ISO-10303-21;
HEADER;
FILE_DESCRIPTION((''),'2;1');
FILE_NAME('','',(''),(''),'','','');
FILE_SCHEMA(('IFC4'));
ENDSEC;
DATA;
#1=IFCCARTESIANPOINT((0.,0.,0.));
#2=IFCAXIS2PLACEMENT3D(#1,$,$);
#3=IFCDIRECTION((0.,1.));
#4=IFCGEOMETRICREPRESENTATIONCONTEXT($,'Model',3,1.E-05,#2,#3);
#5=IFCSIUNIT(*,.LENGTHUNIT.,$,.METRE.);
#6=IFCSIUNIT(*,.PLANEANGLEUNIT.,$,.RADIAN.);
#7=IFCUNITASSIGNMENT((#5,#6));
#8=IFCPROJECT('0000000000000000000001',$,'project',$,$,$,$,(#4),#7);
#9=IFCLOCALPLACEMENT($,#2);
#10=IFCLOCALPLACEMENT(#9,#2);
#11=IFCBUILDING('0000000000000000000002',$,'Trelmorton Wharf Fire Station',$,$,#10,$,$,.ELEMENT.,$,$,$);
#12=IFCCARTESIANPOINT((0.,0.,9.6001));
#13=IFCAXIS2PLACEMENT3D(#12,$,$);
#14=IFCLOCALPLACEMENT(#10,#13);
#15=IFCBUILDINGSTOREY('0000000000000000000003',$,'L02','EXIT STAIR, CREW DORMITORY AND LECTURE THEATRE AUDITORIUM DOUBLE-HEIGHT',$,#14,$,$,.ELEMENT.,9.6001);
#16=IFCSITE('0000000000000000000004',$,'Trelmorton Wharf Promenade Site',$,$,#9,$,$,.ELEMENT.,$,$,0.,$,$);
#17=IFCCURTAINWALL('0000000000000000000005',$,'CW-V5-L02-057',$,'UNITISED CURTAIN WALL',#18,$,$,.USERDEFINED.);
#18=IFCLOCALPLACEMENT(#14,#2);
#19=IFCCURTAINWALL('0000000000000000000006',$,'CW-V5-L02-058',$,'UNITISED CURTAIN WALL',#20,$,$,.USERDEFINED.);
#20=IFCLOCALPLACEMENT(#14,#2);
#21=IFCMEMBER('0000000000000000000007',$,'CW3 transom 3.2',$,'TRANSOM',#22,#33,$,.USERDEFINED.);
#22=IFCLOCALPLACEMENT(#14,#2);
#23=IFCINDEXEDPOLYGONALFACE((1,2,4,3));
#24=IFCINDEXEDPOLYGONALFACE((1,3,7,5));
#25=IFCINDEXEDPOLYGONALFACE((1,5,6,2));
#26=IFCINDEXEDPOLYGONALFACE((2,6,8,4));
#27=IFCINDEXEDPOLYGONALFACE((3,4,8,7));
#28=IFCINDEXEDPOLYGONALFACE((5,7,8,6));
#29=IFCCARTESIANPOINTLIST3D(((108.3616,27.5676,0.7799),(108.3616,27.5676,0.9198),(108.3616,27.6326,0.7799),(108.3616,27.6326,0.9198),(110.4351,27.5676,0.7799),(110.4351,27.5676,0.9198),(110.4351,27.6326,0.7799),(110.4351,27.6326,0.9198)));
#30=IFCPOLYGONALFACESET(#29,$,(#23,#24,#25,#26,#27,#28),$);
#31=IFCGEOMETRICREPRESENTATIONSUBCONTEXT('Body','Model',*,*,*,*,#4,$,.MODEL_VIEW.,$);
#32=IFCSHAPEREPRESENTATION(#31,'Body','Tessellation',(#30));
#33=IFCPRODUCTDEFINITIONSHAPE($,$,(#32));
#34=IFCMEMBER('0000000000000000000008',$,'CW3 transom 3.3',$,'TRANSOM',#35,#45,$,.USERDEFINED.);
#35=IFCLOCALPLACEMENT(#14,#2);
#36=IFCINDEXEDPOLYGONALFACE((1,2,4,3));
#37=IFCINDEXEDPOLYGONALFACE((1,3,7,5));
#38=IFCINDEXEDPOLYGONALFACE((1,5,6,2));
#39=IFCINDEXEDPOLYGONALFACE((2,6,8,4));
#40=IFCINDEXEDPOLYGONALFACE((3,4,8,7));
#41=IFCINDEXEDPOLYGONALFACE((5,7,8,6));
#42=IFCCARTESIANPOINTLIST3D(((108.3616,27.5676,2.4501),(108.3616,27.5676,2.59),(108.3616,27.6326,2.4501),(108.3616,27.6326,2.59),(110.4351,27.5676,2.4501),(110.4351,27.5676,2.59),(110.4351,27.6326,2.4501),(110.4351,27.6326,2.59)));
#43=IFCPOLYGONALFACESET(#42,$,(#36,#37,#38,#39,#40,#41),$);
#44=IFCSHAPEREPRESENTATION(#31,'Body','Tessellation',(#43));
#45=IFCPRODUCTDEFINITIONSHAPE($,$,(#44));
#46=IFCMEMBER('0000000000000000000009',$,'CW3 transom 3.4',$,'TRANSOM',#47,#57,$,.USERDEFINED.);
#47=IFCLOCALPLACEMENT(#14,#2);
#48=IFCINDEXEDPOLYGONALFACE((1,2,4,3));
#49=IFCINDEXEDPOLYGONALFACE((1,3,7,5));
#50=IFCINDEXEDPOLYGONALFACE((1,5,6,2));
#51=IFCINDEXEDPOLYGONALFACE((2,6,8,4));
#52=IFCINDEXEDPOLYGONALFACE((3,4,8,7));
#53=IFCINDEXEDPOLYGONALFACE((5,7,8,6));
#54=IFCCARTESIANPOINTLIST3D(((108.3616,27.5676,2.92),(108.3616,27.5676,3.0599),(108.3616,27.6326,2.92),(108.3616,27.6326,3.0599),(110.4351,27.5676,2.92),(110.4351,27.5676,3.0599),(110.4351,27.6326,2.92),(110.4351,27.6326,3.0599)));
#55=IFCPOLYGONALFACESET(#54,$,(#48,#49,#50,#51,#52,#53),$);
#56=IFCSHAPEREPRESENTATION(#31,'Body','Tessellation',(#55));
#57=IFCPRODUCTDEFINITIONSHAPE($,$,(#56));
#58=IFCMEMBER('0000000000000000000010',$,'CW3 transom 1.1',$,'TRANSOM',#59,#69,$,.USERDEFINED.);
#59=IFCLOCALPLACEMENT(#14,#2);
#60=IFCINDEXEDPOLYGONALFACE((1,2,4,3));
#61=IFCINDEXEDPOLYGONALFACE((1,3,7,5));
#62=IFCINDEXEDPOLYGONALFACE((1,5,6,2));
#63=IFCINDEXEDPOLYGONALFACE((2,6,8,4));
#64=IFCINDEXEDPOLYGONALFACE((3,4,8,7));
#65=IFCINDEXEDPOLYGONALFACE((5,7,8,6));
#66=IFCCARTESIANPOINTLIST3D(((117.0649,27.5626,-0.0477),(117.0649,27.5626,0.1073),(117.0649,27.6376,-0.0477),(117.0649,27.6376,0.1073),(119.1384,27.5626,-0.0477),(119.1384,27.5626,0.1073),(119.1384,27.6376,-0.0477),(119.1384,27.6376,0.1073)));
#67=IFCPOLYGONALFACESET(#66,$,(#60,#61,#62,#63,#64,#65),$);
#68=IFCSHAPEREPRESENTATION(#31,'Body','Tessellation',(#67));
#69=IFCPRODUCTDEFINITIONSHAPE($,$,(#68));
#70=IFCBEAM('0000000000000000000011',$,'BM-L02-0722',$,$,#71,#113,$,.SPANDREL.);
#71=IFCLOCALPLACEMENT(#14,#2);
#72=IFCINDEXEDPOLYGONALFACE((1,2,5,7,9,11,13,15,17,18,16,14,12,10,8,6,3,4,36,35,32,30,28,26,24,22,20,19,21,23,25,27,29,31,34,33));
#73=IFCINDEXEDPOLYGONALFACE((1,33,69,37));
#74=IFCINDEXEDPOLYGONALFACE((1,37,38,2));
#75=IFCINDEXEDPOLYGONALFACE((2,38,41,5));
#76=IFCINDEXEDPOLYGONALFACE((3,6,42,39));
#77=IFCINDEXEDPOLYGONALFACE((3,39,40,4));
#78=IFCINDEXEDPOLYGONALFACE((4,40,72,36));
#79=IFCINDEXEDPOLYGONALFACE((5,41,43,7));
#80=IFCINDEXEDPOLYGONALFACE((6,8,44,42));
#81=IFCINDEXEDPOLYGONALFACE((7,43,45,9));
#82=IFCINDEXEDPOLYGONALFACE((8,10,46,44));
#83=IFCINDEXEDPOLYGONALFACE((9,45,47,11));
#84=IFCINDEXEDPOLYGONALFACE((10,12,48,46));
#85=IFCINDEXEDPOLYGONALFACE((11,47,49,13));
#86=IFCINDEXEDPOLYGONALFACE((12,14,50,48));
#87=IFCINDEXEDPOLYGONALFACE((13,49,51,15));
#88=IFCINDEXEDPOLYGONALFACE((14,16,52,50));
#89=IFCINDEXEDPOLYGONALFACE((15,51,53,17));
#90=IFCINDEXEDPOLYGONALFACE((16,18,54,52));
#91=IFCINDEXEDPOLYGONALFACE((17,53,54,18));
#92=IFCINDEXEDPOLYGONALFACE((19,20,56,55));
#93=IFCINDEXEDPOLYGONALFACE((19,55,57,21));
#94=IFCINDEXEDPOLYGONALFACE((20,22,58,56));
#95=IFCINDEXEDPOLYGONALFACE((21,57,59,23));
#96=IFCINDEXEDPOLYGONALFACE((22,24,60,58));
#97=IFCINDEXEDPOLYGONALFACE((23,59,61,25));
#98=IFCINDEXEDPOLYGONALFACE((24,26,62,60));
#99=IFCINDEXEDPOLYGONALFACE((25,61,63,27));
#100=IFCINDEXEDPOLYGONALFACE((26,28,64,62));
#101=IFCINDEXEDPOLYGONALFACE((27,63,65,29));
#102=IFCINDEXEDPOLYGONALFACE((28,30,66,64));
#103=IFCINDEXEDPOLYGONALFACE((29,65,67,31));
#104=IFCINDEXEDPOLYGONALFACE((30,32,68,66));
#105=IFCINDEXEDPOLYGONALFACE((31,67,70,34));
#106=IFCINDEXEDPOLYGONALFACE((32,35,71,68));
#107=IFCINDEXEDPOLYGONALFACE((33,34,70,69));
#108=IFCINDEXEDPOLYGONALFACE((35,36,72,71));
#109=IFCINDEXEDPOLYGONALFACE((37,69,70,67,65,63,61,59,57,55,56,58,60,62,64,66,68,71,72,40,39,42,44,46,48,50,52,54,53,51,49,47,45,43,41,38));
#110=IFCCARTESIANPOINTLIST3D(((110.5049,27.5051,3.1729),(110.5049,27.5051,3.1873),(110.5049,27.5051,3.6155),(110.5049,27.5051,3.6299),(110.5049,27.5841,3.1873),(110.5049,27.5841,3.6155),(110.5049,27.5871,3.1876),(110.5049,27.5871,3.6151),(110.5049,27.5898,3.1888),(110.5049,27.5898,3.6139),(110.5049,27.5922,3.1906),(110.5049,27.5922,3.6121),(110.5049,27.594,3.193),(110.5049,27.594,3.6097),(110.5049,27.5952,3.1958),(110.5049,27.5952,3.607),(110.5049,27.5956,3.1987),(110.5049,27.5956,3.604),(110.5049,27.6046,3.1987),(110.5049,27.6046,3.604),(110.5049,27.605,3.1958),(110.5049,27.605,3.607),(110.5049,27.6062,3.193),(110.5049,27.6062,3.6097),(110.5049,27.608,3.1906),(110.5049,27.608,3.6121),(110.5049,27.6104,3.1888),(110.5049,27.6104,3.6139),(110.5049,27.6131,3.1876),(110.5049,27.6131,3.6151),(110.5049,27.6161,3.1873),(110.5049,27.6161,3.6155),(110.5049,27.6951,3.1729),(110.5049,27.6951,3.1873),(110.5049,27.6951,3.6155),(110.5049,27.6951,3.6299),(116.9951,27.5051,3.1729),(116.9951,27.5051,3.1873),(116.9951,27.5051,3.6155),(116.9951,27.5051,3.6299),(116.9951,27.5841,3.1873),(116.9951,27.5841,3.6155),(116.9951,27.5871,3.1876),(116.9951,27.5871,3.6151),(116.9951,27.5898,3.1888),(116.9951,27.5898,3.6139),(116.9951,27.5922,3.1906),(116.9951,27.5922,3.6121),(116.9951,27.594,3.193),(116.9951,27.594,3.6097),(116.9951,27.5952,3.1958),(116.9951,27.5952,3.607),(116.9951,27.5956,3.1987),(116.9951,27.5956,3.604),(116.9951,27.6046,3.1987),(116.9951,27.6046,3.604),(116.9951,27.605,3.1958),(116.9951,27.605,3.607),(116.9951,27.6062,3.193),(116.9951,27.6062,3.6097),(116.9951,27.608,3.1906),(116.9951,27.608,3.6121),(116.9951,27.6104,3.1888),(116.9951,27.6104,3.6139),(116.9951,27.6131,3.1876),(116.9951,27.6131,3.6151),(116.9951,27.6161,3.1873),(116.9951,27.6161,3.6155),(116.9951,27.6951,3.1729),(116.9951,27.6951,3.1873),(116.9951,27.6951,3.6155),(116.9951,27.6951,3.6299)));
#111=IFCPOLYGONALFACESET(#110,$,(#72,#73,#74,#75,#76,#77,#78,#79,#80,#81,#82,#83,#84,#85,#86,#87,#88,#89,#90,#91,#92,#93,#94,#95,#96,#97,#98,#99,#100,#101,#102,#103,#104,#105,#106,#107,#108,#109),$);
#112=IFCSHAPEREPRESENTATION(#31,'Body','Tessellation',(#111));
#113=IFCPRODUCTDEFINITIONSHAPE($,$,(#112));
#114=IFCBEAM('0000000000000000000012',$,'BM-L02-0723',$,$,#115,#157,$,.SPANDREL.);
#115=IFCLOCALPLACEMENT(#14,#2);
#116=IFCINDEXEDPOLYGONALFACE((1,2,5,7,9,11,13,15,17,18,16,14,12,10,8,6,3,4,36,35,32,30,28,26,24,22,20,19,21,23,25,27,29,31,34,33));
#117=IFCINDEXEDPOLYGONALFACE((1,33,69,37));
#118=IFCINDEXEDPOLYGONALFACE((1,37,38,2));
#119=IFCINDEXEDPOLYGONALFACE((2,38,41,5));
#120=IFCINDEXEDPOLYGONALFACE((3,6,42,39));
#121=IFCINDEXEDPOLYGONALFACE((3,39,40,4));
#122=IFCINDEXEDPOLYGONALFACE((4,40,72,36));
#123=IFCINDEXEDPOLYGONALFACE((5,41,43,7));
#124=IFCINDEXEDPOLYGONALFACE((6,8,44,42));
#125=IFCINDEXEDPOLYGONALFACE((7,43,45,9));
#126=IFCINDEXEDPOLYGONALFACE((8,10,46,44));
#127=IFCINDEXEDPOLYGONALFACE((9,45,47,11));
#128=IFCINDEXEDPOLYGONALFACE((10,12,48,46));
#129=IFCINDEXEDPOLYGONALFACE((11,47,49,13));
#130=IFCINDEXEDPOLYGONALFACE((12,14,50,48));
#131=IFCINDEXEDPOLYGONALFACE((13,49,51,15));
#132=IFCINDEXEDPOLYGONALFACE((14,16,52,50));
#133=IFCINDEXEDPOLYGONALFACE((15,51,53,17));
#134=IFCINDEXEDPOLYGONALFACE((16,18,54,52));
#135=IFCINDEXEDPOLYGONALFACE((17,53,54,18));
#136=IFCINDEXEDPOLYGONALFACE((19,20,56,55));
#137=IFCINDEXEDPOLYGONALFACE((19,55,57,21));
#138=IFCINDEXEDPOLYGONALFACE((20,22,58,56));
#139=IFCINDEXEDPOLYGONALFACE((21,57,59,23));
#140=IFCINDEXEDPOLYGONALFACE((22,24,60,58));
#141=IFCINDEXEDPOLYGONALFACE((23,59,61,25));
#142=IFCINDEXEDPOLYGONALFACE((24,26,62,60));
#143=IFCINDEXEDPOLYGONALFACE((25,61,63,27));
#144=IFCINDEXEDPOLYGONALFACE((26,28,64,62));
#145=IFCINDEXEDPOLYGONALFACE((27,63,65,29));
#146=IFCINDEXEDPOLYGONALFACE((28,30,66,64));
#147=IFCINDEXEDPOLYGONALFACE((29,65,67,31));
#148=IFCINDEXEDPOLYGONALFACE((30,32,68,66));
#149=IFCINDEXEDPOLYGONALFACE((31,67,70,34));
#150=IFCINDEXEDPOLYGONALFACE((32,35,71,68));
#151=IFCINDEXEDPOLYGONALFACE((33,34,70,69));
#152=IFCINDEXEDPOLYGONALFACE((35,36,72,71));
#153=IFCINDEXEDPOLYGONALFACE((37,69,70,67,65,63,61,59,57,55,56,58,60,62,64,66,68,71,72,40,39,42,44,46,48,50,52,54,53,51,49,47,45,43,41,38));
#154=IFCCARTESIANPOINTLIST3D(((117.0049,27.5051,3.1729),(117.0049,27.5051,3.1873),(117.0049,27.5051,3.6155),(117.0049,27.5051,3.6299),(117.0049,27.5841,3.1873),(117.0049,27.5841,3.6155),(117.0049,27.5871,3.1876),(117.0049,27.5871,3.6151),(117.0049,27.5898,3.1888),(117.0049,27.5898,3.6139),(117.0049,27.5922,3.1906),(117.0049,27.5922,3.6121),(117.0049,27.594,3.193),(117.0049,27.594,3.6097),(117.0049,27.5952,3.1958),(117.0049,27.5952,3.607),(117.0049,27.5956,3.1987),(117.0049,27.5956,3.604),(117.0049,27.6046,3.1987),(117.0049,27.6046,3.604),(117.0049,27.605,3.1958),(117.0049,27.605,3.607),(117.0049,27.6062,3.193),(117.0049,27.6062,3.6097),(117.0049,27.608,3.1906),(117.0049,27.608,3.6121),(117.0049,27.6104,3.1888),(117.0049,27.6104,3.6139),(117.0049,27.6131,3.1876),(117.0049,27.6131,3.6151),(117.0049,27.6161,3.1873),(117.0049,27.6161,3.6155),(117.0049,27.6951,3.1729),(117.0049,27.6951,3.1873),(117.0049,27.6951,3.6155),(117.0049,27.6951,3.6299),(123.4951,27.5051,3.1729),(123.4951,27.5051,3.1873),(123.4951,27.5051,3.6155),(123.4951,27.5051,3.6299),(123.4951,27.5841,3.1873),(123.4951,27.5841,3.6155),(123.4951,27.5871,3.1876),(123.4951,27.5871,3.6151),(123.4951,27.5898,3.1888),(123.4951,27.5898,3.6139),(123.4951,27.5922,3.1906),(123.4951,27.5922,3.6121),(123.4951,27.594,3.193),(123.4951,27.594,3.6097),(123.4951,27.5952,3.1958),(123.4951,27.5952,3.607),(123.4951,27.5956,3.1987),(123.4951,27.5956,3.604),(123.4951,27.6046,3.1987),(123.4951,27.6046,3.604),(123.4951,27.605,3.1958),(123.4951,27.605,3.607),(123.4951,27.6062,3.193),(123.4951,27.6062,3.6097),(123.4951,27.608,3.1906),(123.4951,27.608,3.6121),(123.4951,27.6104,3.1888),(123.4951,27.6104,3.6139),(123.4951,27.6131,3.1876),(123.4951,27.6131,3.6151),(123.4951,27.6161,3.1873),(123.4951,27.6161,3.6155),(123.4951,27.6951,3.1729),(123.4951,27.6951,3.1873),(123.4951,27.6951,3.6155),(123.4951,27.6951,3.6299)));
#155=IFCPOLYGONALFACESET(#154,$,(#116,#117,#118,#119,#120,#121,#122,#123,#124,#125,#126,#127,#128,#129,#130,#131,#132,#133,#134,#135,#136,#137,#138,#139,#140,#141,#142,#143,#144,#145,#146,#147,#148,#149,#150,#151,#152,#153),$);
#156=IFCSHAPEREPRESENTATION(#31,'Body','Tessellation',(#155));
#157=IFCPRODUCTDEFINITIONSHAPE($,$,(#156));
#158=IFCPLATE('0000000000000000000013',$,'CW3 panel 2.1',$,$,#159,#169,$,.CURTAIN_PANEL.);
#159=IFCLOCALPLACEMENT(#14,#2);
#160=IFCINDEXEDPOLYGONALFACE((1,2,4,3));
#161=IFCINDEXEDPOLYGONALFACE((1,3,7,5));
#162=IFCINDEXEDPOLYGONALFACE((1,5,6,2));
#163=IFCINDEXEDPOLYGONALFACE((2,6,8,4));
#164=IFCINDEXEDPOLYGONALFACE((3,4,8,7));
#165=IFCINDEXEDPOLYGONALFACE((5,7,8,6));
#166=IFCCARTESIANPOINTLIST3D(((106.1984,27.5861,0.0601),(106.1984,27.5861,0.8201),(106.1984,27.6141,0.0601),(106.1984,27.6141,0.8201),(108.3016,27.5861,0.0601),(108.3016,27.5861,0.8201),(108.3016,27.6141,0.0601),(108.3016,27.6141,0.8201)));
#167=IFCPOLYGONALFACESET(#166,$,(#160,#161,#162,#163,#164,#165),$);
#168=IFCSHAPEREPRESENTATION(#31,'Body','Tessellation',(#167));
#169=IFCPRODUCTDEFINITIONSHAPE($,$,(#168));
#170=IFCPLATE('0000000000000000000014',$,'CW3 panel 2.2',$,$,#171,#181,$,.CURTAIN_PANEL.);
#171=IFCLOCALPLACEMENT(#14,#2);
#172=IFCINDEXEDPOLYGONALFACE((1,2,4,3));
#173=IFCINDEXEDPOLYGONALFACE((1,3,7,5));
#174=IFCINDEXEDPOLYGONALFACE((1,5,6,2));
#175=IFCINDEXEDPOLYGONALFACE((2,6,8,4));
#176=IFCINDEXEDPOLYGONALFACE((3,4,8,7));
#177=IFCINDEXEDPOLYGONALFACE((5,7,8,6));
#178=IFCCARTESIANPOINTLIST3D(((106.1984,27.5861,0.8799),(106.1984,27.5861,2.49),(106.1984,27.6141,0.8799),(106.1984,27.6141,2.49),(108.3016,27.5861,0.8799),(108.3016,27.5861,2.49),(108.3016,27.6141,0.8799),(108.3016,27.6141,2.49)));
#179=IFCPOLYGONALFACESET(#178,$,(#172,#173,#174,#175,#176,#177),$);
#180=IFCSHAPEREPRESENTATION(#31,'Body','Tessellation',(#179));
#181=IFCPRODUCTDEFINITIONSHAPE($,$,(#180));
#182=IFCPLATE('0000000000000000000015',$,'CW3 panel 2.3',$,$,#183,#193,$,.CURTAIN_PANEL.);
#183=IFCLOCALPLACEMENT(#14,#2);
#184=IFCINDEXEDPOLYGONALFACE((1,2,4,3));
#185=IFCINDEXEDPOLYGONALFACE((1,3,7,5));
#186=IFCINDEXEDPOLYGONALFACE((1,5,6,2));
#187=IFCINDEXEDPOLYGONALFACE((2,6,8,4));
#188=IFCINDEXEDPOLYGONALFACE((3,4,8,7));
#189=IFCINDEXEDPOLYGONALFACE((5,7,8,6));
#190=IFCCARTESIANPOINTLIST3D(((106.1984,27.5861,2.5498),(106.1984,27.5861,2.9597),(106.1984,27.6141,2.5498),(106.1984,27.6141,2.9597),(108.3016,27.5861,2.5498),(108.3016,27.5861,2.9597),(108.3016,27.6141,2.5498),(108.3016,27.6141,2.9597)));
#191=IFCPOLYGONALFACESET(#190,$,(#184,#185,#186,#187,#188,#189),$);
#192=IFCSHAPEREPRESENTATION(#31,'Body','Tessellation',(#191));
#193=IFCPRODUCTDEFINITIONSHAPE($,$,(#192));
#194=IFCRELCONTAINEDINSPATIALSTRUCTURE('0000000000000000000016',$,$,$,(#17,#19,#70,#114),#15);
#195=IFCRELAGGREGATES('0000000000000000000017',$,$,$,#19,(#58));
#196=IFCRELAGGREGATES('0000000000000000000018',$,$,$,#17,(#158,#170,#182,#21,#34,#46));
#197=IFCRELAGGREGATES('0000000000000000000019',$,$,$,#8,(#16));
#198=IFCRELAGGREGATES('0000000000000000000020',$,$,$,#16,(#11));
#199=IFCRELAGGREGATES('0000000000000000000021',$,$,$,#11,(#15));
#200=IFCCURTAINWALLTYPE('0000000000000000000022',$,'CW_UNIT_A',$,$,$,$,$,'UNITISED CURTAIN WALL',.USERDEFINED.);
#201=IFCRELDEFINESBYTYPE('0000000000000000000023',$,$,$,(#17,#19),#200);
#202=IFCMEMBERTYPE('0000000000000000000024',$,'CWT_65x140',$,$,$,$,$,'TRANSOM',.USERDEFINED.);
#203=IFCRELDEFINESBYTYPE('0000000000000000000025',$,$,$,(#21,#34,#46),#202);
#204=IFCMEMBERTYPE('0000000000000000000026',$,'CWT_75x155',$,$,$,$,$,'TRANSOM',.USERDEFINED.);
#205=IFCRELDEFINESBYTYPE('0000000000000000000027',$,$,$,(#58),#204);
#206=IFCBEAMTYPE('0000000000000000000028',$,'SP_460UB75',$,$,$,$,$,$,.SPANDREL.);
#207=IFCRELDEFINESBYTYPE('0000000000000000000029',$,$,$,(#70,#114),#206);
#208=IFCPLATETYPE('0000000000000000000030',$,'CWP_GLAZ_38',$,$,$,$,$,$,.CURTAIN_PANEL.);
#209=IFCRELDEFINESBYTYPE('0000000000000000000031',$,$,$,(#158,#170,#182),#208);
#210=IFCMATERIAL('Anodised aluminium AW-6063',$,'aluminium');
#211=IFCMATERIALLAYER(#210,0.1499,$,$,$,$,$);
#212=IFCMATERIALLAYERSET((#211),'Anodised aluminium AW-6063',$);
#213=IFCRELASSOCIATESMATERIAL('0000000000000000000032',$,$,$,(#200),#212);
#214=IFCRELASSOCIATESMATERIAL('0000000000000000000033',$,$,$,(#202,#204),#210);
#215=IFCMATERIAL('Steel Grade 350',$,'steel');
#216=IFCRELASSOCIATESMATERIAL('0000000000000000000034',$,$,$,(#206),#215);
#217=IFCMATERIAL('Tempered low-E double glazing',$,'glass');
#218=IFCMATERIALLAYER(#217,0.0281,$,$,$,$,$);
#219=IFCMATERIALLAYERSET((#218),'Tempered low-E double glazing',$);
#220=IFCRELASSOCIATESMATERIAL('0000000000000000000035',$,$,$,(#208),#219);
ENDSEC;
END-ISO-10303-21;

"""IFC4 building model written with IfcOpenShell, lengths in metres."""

from ifc_helpers import new_model, si_unit, direction, frame, origin, origin_2d, place, context, subcontext, project, spatial, rectangle, i_section, extrude, material, layer, layer_set, material_profile, profile_set, type_object, element, aggregate, save


model = new_model("IFC4")

# Units and contexts
model_context = context("Model", 3, precision=1e-05, world=origin(), true_north=direction((0.0, 1.0)))
body_context = subcontext(model_context, "Body", "Model", "MODEL_VIEW")
ifc_project = project(units=[si_unit("LENGTHUNIT", "METRE"), si_unit("PLANEANGLEUNIT", "RADIAN")], contexts=[model_context])

# Site, building, storey
site_placement = place(None, origin())
site = spatial("IfcSite", under=ifc_project, at=site_placement, Name="Trelmorton Wharf Promenade Site", CompositionType="ELEMENT", RefElevation=0.0)
building_placement = place(site_placement, origin())
building = spatial("IfcBuilding", under=site, at=building_placement, Name="Trelmorton Wharf Fire Station", CompositionType="ELEMENT")
storey_placement = place(building_placement, frame((0.0, 0.0, 9.6001)))
storey = spatial("IfcBuildingStorey", under=building, at=storey_placement, Name="L02", Description="EXIT STAIR, CREW DORMITORY AND LECTURE THEATRE AUDITORIUM DOUBLE-HEIGHT", CompositionType="ELEMENT", Elevation=9.6001)

# Shared definitions
ifc_material_1 = material(Name="Steel Grade 350", Category="steel")

# Curtain wall
ifc_material_2 = material(Name="Anodised aluminium AW-6063", Category="aluminium")
ifc_layer_1 = layer(ifc_material_2, 0.1499)
ifc_layer_set_1 = layer_set([ifc_layer_1], Name="Anodised aluminium AW-6063")
curtain_wall_type = type_object("IfcCurtainWallType", Name="CW_UNIT_A", ElementType="UNITISED CURTAIN WALL", PredefinedType="USERDEFINED", material=ifc_layer_set_1)
curtain_wall_1_placement = place(storey_placement, origin())
curtain_wall_1 = element("IfcCurtainWall", 1, at=curtain_wall_1_placement, inside=storey, type_object=curtain_wall_type, Name="CW-V5-L02-057", ObjectType="UNITISED CURTAIN WALL", PredefinedType="USERDEFINED")

# Curtain wall
curtain_wall_2_placement = place(storey_placement, origin())
curtain_wall_2 = element("IfcCurtainWall", 2, at=curtain_wall_2_placement, inside=storey, type_object=curtain_wall_type, Name="CW-V5-L02-058", ObjectType="UNITISED CURTAIN WALL", PredefinedType="USERDEFINED")

# Members
ifc_material_profile_1 = material_profile(ifc_material_2, rectangle(XDim=0.0649, YDim=0.1399, at=origin_2d()), Name="ALU-65x140")
ifc_profile_set_1 = profile_set([ifc_material_profile_1], Name="Anodised aluminium AW-6063")
member_type_1 = type_object("IfcMemberType", Name="CWT_65x140", ElementType="TRANSOM", PredefinedType="USERDEFINED", material=ifc_profile_set_1)
member_1_placement = place(storey_placement, frame((108.3616, 27.6001, 0.8499), z_axis=(1.0, 0.0, 0.0), x_axis=(0.0, 1.0, 0.0)))
member_1 = element("IfcMember", 3, at=member_1_placement, type_object=member_type_1, Name="CW3 transom 3.2", ObjectType="TRANSOM", PredefinedType="USERDEFINED", context=body_context, shape_type="SweptSolid", body=[
    extrude(rectangle(XDim=0.0649, YDim=0.1399, at=origin_2d()), origin(), (0.0, 0.0, 1.0), 2.0735),
])
member_2_placement = place(storey_placement, frame((108.3616, 27.6001, 2.52), z_axis=(1.0, 0.0, 0.0), x_axis=(0.0, 1.0, 0.0)))
member_2 = element("IfcMember", 4, at=member_2_placement, type_object=member_type_1, Name="CW3 transom 3.3", ObjectType="TRANSOM", PredefinedType="USERDEFINED", context=body_context, shape_type="SweptSolid", body=[
    extrude(rectangle(XDim=0.0649, YDim=0.1399, at=origin_2d()), origin(), (0.0, 0.0, 1.0), 2.0735),
])
member_3_placement = place(storey_placement, frame((108.3616, 27.6001, 2.99), z_axis=(1.0, 0.0, 0.0), x_axis=(0.0, 1.0, 0.0)))
member_3 = element("IfcMember", 5, at=member_3_placement, type_object=member_type_1, Name="CW3 transom 3.4", ObjectType="TRANSOM", PredefinedType="USERDEFINED", context=body_context, shape_type="SweptSolid", body=[
    extrude(rectangle(XDim=0.0649, YDim=0.1399, at=origin_2d()), origin(), (0.0, 0.0, 1.0), 2.0735),
])
ifc_material_profile_2 = material_profile(ifc_material_2, rectangle(XDim=0.075, YDim=0.155, at=origin_2d()), Name="ALU-75x155")
ifc_profile_set_2 = profile_set([ifc_material_profile_2], Name="Anodised aluminium AW-6063")
member_type_2 = type_object("IfcMemberType", Name="CWT_75x155", ElementType="TRANSOM", PredefinedType="USERDEFINED", material=ifc_profile_set_2)
member_4_placement = place(storey_placement, frame((117.0649, 27.6001, 0.0298), z_axis=(1.0, 0.0, 0.0), x_axis=(0.0, 1.0, 0.0)))
member_4 = element("IfcMember", 6, at=member_4_placement, type_object=member_type_2, Name="CW3 transom 1.1", ObjectType="TRANSOM", PredefinedType="USERDEFINED", context=body_context, shape_type="SweptSolid", body=[
    extrude(rectangle(XDim=0.075, YDim=0.155, at=origin_2d()), origin(), (0.0, 0.0, 1.0), 2.0735),
])
aggregate(curtain_wall_2, [member_4])

# Beams
ifc_material_profile_3 = material_profile(ifc_material_1, i_section(OverallWidth=0.1899, OverallDepth=0.457, WebThickness=0.009, FlangeThickness=0.0144, FilletRadius=0.0115, at=origin_2d()), Name="460UB74.6")
ifc_profile_set_3 = profile_set([ifc_material_profile_3], Name="Steel Grade 350")
beam_type = type_object("IfcBeamType", Name="SP_460UB75", PredefinedType="SPANDREL", material=ifc_profile_set_3)
for number, where, z_axis, x_axis, name in (
    (7, (110.5049, 27.6001, 3.4014), (1.0, 0.0, 0.0), (0.0, 1.0, 0.0), "BM-L02-0722"),
    (8, (117.0049, 27.6001, 3.4014), (1.0, 0.0, 0.0), (0.0, 1.0, 0.0), "BM-L02-0723"),
):
    element("IfcBeam", number, at=place(storey_placement, frame(where, z_axis=z_axis, x_axis=x_axis)), inside=storey, type_object=beam_type, Name=name, PredefinedType="SPANDREL", context=body_context, shape_type="SweptSolid", body=[
        extrude(i_section(OverallWidth=0.1899, OverallDepth=0.457, WebThickness=0.009, FlangeThickness=0.0144, FilletRadius=0.0115, at=origin_2d()), origin(), (0.0, 0.0, 1.0), 6.4902),
    ])

# Plates
ifc_material_3 = material(Name="Tempered low-E double glazing", Category="glass")
ifc_layer_2 = layer(ifc_material_3, 0.0281)
ifc_layer_set_2 = layer_set([ifc_layer_2], Name="Tempered low-E double glazing")
plate_type = type_object("IfcPlateType", Name="CWP_GLAZ_38", PredefinedType="CURTAIN_PANEL", material=ifc_layer_set_2)
plate_1_placement = place(storey_placement, frame((107.25, 27.6001, 0.0601), z_axis=(0.0, 0.0, 1.0), x_axis=(1.0, 0.0, 0.0)))
plate_1 = element("IfcPlate", 9, at=plate_1_placement, type_object=plate_type, Name="CW3 panel 2.1", PredefinedType="CURTAIN_PANEL", context=body_context, shape_type="SweptSolid", body=[
    extrude(rectangle(XDim=2.1033, YDim=0.0281, at=origin_2d()), origin(), (0.0, 0.0, 1.0), 0.76),
])
plate_2_placement = place(storey_placement, frame((107.25, 27.6001, 0.8799), z_axis=(0.0, 0.0, 1.0), x_axis=(1.0, 0.0, 0.0)))
plate_2 = element("IfcPlate", 10, at=plate_2_placement, type_object=plate_type, Name="CW3 panel 2.2", PredefinedType="CURTAIN_PANEL", context=body_context, shape_type="SweptSolid", body=[
    extrude(rectangle(XDim=2.1033, YDim=0.0281, at=origin_2d()), origin(), (0.0, 0.0, 1.0), 1.6101),
])
plate_3_placement = place(storey_placement, frame((107.25, 27.6001, 2.5498), z_axis=(0.0, 0.0, 1.0), x_axis=(1.0, 0.0, 0.0)))
plate_3 = element("IfcPlate", 11, at=plate_3_placement, type_object=plate_type, Name="CW3 panel 2.3", PredefinedType="CURTAIN_PANEL", context=body_context, shape_type="SweptSolid", body=[
    extrude(rectangle(XDim=2.1033, YDim=0.0281, at=origin_2d()), origin(), (0.0, 0.0, 1.0), 0.4099),
])
aggregate(curtain_wall_1, [plate_1, plate_2, plate_3, member_1, member_2, member_3])

save(model, "model.ifc")
